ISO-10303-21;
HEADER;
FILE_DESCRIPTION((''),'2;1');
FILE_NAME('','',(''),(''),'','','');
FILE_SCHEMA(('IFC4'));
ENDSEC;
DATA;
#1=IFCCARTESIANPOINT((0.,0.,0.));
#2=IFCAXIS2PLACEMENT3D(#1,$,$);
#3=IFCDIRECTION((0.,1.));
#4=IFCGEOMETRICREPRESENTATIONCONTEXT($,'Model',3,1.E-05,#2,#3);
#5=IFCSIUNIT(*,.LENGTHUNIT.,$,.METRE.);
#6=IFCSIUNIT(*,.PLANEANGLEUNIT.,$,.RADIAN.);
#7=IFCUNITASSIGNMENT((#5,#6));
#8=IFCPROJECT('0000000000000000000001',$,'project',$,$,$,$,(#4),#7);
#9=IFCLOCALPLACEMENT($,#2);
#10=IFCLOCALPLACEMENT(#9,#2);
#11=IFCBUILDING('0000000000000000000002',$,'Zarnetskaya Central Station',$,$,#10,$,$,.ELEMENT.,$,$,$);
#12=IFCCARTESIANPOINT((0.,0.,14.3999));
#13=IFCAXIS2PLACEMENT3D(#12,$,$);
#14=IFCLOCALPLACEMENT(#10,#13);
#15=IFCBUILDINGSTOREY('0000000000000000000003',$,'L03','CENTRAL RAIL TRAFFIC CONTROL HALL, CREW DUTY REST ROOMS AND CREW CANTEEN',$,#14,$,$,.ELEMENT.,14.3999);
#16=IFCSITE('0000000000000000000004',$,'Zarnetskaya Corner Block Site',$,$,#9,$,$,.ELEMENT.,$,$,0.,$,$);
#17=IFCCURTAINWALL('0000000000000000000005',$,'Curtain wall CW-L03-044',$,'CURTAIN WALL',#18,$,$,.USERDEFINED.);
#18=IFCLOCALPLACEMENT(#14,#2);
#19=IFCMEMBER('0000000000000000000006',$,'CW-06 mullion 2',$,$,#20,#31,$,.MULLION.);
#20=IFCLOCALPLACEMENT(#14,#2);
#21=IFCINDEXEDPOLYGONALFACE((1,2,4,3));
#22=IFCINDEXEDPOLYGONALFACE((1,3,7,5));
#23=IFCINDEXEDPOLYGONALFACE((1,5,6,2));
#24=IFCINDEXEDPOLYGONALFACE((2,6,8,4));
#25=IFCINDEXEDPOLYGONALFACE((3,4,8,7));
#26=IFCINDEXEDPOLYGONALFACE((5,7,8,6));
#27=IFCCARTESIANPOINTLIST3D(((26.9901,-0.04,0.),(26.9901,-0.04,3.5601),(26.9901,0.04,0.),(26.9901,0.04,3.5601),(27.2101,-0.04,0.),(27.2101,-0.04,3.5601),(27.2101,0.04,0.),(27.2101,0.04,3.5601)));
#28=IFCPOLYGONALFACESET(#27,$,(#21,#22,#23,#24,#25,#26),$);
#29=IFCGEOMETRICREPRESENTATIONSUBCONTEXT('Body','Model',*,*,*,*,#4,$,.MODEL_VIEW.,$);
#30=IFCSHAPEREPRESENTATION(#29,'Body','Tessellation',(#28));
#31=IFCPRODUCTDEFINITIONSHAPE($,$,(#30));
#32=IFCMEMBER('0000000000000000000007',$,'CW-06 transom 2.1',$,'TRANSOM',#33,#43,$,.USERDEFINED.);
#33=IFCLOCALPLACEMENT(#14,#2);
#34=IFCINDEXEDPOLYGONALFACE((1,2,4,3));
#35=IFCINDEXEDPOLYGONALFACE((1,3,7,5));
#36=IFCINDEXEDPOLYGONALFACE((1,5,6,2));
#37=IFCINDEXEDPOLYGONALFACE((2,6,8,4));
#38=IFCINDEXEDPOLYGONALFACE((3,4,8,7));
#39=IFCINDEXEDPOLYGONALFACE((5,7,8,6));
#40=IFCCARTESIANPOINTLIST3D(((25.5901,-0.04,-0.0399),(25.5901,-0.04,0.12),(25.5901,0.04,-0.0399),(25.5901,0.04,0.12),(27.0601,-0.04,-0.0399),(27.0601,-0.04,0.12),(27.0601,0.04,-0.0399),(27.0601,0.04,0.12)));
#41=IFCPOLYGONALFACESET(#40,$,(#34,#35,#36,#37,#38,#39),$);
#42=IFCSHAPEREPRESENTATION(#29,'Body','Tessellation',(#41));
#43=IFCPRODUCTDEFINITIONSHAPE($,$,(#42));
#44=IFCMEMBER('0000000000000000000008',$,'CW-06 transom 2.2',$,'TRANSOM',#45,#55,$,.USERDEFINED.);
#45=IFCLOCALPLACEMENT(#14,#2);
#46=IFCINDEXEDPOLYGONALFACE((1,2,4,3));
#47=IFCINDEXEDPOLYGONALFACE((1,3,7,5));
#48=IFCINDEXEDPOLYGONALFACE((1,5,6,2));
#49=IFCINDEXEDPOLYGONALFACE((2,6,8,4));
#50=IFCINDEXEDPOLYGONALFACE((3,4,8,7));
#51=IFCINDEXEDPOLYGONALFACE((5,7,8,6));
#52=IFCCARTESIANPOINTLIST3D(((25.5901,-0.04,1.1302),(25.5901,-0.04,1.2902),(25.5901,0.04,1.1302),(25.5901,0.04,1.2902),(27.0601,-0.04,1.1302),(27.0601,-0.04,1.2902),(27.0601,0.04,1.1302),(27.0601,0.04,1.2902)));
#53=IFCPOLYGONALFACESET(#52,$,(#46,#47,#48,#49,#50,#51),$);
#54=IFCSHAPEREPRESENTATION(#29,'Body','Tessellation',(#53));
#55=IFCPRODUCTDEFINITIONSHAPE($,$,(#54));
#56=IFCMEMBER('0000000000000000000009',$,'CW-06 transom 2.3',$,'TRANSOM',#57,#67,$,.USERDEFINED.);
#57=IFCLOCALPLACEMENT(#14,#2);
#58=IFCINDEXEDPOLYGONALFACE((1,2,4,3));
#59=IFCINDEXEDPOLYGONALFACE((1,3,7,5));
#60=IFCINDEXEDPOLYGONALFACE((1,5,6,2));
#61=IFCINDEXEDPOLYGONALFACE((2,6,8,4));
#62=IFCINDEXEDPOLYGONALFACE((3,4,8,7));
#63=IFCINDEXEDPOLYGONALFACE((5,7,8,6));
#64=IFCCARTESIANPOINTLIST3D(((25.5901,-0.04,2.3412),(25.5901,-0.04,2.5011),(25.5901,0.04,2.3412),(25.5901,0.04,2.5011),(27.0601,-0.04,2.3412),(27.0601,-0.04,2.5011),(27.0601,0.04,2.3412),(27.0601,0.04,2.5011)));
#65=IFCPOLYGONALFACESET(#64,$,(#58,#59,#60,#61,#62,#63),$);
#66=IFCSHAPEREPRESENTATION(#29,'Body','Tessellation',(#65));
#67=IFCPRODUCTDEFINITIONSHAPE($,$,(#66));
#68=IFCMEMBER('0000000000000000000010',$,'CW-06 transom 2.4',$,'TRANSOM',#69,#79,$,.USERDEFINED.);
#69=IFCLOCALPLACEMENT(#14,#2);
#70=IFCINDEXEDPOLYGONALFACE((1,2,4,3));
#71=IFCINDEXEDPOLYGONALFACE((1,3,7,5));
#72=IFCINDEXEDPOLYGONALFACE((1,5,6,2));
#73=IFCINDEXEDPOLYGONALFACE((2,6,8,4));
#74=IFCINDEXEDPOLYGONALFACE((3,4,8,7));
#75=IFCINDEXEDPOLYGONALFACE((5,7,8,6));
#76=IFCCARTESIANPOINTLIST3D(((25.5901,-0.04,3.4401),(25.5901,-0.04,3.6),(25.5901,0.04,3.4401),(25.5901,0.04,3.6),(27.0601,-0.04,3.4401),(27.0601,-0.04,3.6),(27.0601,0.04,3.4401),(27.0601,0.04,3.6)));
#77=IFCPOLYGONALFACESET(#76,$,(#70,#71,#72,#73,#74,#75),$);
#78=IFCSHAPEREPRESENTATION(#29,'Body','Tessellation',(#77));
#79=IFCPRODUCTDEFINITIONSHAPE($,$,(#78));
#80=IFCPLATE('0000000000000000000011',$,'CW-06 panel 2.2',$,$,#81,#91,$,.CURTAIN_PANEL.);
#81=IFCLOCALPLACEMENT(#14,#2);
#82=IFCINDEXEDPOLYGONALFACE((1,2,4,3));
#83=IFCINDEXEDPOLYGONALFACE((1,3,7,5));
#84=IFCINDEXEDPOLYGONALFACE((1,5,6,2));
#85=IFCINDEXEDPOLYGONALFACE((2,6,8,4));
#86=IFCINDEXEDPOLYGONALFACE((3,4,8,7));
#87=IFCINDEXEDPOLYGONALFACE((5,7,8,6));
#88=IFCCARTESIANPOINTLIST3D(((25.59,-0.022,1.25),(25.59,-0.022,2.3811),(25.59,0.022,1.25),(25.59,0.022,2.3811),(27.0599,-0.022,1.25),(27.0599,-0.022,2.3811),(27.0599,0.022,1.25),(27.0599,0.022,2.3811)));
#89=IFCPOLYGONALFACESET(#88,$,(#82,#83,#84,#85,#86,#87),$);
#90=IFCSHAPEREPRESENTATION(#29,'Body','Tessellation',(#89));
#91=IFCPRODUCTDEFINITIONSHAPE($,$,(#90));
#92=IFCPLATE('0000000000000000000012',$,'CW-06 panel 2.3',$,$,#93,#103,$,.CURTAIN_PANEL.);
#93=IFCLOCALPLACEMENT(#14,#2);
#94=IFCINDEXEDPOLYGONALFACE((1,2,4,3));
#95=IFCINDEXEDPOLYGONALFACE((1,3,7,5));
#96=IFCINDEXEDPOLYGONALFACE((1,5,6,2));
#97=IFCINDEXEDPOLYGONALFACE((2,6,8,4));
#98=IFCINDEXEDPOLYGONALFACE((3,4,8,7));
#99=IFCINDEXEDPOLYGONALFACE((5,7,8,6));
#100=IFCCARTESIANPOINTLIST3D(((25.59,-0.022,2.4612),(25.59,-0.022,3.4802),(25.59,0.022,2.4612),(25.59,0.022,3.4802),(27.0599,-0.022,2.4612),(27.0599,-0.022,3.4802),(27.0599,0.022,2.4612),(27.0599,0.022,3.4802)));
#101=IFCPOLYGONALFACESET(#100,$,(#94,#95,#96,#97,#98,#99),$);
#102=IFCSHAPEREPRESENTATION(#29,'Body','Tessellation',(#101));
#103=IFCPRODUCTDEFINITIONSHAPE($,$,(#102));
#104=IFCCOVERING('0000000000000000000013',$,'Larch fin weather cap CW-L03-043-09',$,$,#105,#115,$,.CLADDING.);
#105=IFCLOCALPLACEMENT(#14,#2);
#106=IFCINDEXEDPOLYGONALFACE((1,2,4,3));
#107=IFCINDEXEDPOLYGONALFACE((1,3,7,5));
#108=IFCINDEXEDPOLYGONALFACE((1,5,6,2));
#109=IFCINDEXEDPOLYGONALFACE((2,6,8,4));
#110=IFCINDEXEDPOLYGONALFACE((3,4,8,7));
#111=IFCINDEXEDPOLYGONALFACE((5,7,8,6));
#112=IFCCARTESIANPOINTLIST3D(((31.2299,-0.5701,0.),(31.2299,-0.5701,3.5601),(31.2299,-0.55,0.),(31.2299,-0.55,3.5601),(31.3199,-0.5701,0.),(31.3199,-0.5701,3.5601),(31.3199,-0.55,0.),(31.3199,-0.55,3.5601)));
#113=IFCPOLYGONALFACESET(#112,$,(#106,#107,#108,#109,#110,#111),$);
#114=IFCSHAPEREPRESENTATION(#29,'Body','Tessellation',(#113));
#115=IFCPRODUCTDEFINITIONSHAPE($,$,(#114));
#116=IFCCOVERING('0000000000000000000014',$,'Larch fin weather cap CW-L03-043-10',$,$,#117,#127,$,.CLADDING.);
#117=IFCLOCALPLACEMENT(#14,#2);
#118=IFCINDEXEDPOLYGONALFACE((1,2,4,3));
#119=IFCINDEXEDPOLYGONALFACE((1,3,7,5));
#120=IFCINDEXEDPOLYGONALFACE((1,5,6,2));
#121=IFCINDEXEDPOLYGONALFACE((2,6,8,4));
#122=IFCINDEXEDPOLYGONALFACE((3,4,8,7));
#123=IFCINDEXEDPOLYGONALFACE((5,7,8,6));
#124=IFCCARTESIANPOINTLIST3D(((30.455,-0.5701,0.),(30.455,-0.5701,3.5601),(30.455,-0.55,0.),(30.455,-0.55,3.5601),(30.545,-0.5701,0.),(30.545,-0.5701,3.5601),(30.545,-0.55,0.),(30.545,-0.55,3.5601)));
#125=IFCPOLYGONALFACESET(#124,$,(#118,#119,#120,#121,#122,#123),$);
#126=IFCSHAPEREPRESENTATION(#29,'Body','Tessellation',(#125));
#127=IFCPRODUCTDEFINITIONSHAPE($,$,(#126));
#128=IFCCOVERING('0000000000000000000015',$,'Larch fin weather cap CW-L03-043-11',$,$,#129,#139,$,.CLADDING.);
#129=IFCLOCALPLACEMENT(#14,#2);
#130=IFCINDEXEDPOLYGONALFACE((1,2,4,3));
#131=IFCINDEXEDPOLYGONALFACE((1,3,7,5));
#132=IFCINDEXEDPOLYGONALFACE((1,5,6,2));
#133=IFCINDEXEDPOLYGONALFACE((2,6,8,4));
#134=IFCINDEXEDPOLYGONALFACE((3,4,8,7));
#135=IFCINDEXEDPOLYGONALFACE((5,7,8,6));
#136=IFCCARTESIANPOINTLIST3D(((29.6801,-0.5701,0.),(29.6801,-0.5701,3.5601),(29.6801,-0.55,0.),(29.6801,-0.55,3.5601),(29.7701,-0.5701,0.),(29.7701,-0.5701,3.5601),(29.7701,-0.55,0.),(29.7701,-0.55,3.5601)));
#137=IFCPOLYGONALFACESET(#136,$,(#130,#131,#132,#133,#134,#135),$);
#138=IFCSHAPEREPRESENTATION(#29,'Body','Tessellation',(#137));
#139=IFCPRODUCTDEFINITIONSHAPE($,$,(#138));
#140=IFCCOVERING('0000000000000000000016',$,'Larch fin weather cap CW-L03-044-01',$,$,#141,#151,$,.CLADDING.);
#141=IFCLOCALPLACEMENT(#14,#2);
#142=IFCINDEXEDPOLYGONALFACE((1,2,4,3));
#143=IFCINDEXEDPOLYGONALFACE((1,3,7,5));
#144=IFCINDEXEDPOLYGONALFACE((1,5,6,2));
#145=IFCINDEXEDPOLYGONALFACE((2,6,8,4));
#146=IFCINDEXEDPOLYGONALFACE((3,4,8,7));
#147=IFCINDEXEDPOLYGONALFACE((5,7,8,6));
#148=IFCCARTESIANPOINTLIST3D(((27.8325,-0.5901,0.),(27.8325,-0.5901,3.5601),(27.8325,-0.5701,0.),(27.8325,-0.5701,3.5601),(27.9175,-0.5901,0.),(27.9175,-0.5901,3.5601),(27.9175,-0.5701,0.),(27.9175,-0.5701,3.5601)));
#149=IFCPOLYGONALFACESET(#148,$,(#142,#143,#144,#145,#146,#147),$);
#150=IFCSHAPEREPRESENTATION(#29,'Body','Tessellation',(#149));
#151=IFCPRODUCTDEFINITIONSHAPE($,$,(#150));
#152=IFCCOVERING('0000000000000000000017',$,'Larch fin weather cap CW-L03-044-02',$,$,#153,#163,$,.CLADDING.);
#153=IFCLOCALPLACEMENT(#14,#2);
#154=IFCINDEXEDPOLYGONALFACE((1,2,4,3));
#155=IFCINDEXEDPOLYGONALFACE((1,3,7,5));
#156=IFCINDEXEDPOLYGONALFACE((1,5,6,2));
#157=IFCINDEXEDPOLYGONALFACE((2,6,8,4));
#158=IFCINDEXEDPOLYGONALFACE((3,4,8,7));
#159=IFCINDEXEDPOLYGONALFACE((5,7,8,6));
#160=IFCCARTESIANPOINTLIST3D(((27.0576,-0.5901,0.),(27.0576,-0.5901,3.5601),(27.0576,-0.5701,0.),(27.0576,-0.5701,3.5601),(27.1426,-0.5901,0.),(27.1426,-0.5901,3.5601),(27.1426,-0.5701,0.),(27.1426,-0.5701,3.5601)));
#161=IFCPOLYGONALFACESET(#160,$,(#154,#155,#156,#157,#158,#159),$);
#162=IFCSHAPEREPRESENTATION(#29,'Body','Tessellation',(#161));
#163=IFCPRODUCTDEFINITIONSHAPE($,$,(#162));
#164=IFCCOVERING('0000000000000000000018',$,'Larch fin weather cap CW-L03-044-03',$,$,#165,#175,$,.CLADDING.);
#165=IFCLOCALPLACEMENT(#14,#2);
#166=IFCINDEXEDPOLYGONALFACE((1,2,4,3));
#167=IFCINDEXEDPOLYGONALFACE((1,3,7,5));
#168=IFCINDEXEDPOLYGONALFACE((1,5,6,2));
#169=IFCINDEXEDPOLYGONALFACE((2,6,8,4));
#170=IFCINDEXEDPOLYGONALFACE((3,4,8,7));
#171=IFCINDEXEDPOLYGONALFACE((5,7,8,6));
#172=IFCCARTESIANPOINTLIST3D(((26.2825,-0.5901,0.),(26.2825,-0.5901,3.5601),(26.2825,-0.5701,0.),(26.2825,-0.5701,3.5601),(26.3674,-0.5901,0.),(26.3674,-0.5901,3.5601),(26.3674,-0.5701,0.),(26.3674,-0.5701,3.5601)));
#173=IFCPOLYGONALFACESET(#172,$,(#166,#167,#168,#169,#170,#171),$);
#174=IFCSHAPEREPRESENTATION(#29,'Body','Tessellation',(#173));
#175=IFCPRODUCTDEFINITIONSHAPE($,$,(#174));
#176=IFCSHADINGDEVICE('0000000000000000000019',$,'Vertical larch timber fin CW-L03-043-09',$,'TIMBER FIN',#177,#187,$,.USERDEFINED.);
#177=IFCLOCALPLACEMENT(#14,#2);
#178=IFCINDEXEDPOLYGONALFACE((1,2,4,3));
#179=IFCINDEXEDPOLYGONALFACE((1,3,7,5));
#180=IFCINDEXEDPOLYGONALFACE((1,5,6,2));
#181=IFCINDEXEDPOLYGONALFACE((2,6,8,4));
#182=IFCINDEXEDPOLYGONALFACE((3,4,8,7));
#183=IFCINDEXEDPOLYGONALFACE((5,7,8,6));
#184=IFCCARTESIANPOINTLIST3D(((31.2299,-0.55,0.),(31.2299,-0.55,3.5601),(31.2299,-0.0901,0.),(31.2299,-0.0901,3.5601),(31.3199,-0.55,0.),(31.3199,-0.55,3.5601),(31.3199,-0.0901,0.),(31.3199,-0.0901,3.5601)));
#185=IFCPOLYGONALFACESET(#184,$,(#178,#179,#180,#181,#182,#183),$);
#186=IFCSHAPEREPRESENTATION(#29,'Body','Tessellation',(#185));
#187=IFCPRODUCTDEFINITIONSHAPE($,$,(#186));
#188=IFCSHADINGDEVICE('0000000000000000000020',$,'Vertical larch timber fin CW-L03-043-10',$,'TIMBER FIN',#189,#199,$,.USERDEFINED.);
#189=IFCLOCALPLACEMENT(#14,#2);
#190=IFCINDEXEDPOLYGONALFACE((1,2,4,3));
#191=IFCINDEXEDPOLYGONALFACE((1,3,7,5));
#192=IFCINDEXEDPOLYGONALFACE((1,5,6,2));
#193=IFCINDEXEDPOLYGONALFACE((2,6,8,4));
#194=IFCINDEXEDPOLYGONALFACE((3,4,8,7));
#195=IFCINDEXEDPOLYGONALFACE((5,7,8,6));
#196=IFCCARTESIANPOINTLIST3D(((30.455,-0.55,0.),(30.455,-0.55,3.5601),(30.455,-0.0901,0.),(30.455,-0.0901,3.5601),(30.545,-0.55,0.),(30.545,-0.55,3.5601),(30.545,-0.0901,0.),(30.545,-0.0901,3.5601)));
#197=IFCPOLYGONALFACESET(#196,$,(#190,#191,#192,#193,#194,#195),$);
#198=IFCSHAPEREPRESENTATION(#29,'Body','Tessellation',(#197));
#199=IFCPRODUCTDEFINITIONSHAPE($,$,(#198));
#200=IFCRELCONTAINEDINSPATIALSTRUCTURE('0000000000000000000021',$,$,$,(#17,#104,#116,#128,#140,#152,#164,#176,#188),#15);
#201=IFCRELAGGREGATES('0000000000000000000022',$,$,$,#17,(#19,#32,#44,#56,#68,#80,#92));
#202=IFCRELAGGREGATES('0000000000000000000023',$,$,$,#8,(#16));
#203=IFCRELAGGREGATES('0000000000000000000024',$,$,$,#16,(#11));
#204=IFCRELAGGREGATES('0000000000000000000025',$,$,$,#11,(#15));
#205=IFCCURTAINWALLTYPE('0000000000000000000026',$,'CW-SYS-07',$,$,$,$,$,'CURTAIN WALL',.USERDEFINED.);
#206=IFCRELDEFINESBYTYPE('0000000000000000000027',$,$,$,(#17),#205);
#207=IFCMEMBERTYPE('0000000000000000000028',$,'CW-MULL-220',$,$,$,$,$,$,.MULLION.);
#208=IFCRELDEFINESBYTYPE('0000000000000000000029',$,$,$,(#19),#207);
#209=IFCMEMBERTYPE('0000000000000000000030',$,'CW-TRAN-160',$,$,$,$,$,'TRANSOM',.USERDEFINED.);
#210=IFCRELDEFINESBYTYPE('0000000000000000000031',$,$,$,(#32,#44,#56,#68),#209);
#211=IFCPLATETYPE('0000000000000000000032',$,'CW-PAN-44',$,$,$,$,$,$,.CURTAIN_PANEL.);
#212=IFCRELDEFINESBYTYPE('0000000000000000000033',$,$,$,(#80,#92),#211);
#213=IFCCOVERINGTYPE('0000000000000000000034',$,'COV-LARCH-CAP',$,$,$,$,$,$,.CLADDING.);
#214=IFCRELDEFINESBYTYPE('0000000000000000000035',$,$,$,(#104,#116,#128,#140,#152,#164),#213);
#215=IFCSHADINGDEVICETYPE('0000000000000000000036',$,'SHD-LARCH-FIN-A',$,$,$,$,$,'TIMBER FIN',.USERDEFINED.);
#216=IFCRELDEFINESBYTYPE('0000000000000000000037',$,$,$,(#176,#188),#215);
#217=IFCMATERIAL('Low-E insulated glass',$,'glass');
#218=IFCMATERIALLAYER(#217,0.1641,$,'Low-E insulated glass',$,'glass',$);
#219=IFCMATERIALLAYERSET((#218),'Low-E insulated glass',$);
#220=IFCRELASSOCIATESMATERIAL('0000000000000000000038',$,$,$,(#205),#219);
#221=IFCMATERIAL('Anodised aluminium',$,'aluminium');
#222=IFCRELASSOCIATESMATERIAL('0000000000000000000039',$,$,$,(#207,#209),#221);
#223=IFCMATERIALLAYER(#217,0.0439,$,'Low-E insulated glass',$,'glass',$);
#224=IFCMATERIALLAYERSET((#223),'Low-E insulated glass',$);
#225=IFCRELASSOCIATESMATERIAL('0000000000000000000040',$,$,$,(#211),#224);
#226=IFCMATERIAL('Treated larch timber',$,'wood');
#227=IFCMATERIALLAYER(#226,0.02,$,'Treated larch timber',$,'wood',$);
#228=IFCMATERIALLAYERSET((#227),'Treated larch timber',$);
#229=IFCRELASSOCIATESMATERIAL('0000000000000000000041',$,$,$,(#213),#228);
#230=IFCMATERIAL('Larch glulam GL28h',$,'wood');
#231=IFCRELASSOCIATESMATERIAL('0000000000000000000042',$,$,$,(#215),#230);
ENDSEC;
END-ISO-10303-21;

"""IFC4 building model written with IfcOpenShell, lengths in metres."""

from ifc_helpers import new_model, si_unit, direction, frame, origin, origin_2d, place, context, subcontext, project, spatial, rectangle, extrude, material, layer, layer_set, material_profile, profile_set, type_object, element, aggregate, save


model = new_model("IFC4")

# Units and contexts
model_context = context("Model", 3, precision=1e-05, world=origin(), true_north=direction((0.0, 1.0)))
body_context = subcontext(model_context, "Body", "Model", "MODEL_VIEW")
ifc_project = project(units=[si_unit("LENGTHUNIT", "METRE"), si_unit("PLANEANGLEUNIT", "RADIAN")], contexts=[model_context])

# Site, building, storey
site_placement = place(None, origin())
site = spatial("IfcSite", under=ifc_project, at=site_placement, Name="Zarnetskaya Corner Block Site", CompositionType="ELEMENT", RefElevation=0.0)
building_placement = place(site_placement, origin())
building = spatial("IfcBuilding", under=site, at=building_placement, Name="Zarnetskaya Central Station", CompositionType="ELEMENT")
storey_placement = place(building_placement, frame((0.0, 0.0, 14.3999)))
storey = spatial("IfcBuildingStorey", under=building, at=storey_placement, Name="L03", Description="CENTRAL RAIL TRAFFIC CONTROL HALL, CREW DUTY REST ROOMS AND CREW CANTEEN", CompositionType="ELEMENT", Elevation=14.3999)

# Curtain wall, members, plates
ifc_material_1 = material(Name="Low-E insulated glass", Category="glass")
ifc_layer_1 = layer(ifc_material_1, 0.1641, Name="Low-E insulated glass", Category="glass")
ifc_layer_set_1 = layer_set([ifc_layer_1], Name="Low-E insulated glass")
curtain_wall_type = type_object("IfcCurtainWallType", Name="CW-SYS-07", ElementType="CURTAIN WALL", PredefinedType="USERDEFINED", material=ifc_layer_set_1)
curtain_wall_placement = place(storey_placement, origin())
curtain_wall = element("IfcCurtainWall", 1, at=curtain_wall_placement, inside=storey, type_object=curtain_wall_type, Name="Curtain wall CW-L03-044", ObjectType="CURTAIN WALL", PredefinedType="USERDEFINED")
ifc_material_2 = material(Name="Anodised aluminium", Category="aluminium")
ifc_material_profile_1 = material_profile(ifc_material_2, rectangle(XDim=0.0801, YDim=0.22, at=origin_2d()), Name="ALU MULL 80x220")
ifc_profile_set_1 = profile_set([ifc_material_profile_1], Name="Anodised aluminium")
member_type_1 = type_object("IfcMemberType", Name="CW-MULL-220", PredefinedType="MULLION", material=ifc_profile_set_1)
member_1_placement = place(storey_placement, frame((27.1001, 0.0, 0.0), z_axis=(0.0, 0.0, 1.0), x_axis=(0.0, -1.0, 0.0)))
member_1 = element("IfcMember", 2, at=member_1_placement, type_object=member_type_1, Name="CW-06 mullion 2", PredefinedType="MULLION", context=body_context, shape_type="SweptSolid", body=[
    extrude(rectangle(XDim=0.0801, YDim=0.22, at=origin_2d()), origin(), (0.0, 0.0, 1.0), 3.5601),
])
ifc_material_profile_2 = material_profile(ifc_material_2, rectangle(XDim=0.0801, YDim=0.1599, at=origin_2d()), Name="ALU TRAN 80x160")
ifc_profile_set_2 = profile_set([ifc_material_profile_2], Name="Anodised aluminium")
member_type_2 = type_object("IfcMemberType", Name="CW-TRAN-160", ElementType="TRANSOM", PredefinedType="USERDEFINED", material=ifc_profile_set_2)
member_2_placement = place(storey_placement, frame((27.0601, 0.0, 0.04), z_axis=(-1.0, 0.0, 0.0), x_axis=(0.0, -1.0, 0.0)))
member_2 = element("IfcMember", 3, at=member_2_placement, type_object=member_type_2, Name="CW-06 transom 2.1", ObjectType="TRANSOM", PredefinedType="USERDEFINED", context=body_context, shape_type="SweptSolid", body=[
    extrude(rectangle(XDim=0.0801, YDim=0.1599, at=origin_2d()), origin(), (0.0, 0.0, 1.0), 1.47),
])
member_3_placement = place(storey_placement, frame((27.0601, 0.0, 1.2102), z_axis=(-1.0, 0.0, 0.0), x_axis=(0.0, -1.0, 0.0)))
member_3 = element("IfcMember", 4, at=member_3_placement, type_object=member_type_2, Name="CW-06 transom 2.2", ObjectType="TRANSOM", PredefinedType="USERDEFINED", context=body_context, shape_type="SweptSolid", body=[
    extrude(rectangle(XDim=0.0801, YDim=0.1599, at=origin_2d()), origin(), (0.0, 0.0, 1.0), 1.47),
])
member_4_placement = place(storey_placement, frame((27.0601, 0.0, 2.4211), z_axis=(-1.0, 0.0, 0.0), x_axis=(0.0, -1.0, 0.0)))
member_4 = element("IfcMember", 5, at=member_4_placement, type_object=member_type_2, Name="CW-06 transom 2.3", ObjectType="TRANSOM", PredefinedType="USERDEFINED", context=body_context, shape_type="SweptSolid", body=[
    extrude(rectangle(XDim=0.0801, YDim=0.1599, at=origin_2d()), origin(), (0.0, 0.0, 1.0), 1.47),
])
member_5_placement = place(storey_placement, frame((27.0601, 0.0, 3.52), z_axis=(-1.0, 0.0, 0.0), x_axis=(0.0, -1.0, 0.0)))
member_5 = element("IfcMember", 6, at=member_5_placement, type_object=member_type_2, Name="CW-06 transom 2.4", ObjectType="TRANSOM", PredefinedType="USERDEFINED", context=body_context, shape_type="SweptSolid", body=[
    extrude(rectangle(XDim=0.0801, YDim=0.1599, at=origin_2d()), origin(), (0.0, 0.0, 1.0), 1.47),
])
ifc_layer_2 = layer(ifc_material_1, 0.0439, Name="Low-E insulated glass", Category="glass")
ifc_layer_set_2 = layer_set([ifc_layer_2], Name="Low-E insulated glass")
plate_type = type_object("IfcPlateType", Name="CW-PAN-44", PredefinedType="CURTAIN_PANEL", material=ifc_layer_set_2)
plate_1_placement = place(storey_placement, frame((26.325, 0.0, 1.25), z_axis=(0.0, 0.0, 1.0), x_axis=(-1.0, 0.0, 0.0)))
plate_1 = element("IfcPlate", 7, at=plate_1_placement, type_object=plate_type, Name="CW-06 panel 2.2", PredefinedType="CURTAIN_PANEL", context=body_context, shape_type="SweptSolid", body=[
    extrude(rectangle(XDim=1.47, YDim=0.0439, at=origin_2d()), origin(), (0.0, 0.0, 1.0), 1.1311),
])
plate_2_placement = place(storey_placement, frame((26.325, 0.0, 2.4612), z_axis=(0.0, 0.0, 1.0), x_axis=(-1.0, 0.0, 0.0)))
plate_2 = element("IfcPlate", 8, at=plate_2_placement, type_object=plate_type, Name="CW-06 panel 2.3", PredefinedType="CURTAIN_PANEL", context=body_context, shape_type="SweptSolid", body=[
    extrude(rectangle(XDim=1.47, YDim=0.0439, at=origin_2d()), origin(), (0.0, 0.0, 1.0), 1.019),
])
aggregate(curtain_wall, [member_1, member_2, member_3, member_4, member_5, plate_1, plate_2])

# Coverings
ifc_material_3 = material(Name="Treated larch timber", Category="wood")
ifc_layer_3 = layer(ifc_material_3, 0.02, Name="Treated larch timber", Category="wood")
ifc_layer_set_3 = layer_set([ifc_layer_3], Name="Treated larch timber")
covering_type = type_object("IfcCoveringType", Name="COV-LARCH-CAP", PredefinedType="CLADDING", material=ifc_layer_set_3)
for number, where, z_axis, x_axis, name in (
    (9, (31.2749, -0.5601, 0.0), (0.0, 0.0, 1.0), (-1.0, 0.0, 0.0), "Larch fin weather cap CW-L03-043-09"),
    (10, (30.5, -0.5601, 0.0), (0.0, 0.0, 1.0), (-1.0, 0.0, 0.0), "Larch fin weather cap CW-L03-043-10"),
    (11, (29.7251, -0.5601, 0.0), (0.0, 0.0, 1.0), (-1.0, 0.0, 0.0), "Larch fin weather cap CW-L03-043-11"),
):
    element("IfcCovering", number, at=place(storey_placement, frame(where, z_axis=z_axis, x_axis=x_axis)), inside=storey, type_object=covering_type, Name=name, PredefinedType="CLADDING", context=body_context, shape_type="SweptSolid", body=[
        extrude(rectangle(XDim=0.0901, YDim=0.02, at=origin_2d()), origin(), (0.0, 0.0, 1.0), 3.5601),
    ])
for number, where, z_axis, x_axis, name in (
    (12, (27.875, -0.5801, 0.0), (0.0, 0.0, 1.0), (-1.0, 0.0, 0.0), "Larch fin weather cap CW-L03-044-01"),
    (13, (27.1001, -0.5801, 0.0), (0.0, 0.0, 1.0), (-1.0, 0.0, 0.0), "Larch fin weather cap CW-L03-044-02"),
    (14, (26.325, -0.5801, 0.0), (0.0, 0.0, 1.0), (-1.0, 0.0, 0.0), "Larch fin weather cap CW-L03-044-03"),
):
    element("IfcCovering", number, at=place(storey_placement, frame(where, z_axis=z_axis, x_axis=x_axis)), inside=storey, type_object=covering_type, Name=name, PredefinedType="CLADDING", context=body_context, shape_type="SweptSolid", body=[
        extrude(rectangle(XDim=0.085, YDim=0.02, at=origin_2d()), origin(), (0.0, 0.0, 1.0), 3.5601),
    ])

# Shading devices
ifc_material_4 = material(Name="Larch glulam GL28h", Category="wood")
shading_device_type_1 = type_object("IfcShadingDeviceType", Name="SHD-LARCH-FIN-A", ElementType="TIMBER FIN", PredefinedType="USERDEFINED", material=ifc_material_4)
for number, where, z_axis, x_axis, name in (
    (15, (31.2749, -0.3201, 0.0), (0.0, 0.0, 1.0), (-1.0, 0.0, 0.0), "Vertical larch timber fin CW-L03-043-09"),
    (16, (30.5, -0.3201, 0.0), (0.0, 0.0, 1.0), (-1.0, 0.0, 0.0), "Vertical larch timber fin CW-L03-043-10"),
):
    element("IfcShadingDevice", number, at=place(storey_placement, frame(where, z_axis=z_axis, x_axis=x_axis)), inside=storey, type_object=shading_device_type_1, Name=name, ObjectType="TIMBER FIN", PredefinedType="USERDEFINED", context=body_context, shape_type="SweptSolid", body=[
        extrude(rectangle(XDim=0.0901, YDim=0.46, at=origin_2d()), origin(), (0.0, 0.0, 1.0), 3.5601),
    ])

save(model, "model.ifc")
